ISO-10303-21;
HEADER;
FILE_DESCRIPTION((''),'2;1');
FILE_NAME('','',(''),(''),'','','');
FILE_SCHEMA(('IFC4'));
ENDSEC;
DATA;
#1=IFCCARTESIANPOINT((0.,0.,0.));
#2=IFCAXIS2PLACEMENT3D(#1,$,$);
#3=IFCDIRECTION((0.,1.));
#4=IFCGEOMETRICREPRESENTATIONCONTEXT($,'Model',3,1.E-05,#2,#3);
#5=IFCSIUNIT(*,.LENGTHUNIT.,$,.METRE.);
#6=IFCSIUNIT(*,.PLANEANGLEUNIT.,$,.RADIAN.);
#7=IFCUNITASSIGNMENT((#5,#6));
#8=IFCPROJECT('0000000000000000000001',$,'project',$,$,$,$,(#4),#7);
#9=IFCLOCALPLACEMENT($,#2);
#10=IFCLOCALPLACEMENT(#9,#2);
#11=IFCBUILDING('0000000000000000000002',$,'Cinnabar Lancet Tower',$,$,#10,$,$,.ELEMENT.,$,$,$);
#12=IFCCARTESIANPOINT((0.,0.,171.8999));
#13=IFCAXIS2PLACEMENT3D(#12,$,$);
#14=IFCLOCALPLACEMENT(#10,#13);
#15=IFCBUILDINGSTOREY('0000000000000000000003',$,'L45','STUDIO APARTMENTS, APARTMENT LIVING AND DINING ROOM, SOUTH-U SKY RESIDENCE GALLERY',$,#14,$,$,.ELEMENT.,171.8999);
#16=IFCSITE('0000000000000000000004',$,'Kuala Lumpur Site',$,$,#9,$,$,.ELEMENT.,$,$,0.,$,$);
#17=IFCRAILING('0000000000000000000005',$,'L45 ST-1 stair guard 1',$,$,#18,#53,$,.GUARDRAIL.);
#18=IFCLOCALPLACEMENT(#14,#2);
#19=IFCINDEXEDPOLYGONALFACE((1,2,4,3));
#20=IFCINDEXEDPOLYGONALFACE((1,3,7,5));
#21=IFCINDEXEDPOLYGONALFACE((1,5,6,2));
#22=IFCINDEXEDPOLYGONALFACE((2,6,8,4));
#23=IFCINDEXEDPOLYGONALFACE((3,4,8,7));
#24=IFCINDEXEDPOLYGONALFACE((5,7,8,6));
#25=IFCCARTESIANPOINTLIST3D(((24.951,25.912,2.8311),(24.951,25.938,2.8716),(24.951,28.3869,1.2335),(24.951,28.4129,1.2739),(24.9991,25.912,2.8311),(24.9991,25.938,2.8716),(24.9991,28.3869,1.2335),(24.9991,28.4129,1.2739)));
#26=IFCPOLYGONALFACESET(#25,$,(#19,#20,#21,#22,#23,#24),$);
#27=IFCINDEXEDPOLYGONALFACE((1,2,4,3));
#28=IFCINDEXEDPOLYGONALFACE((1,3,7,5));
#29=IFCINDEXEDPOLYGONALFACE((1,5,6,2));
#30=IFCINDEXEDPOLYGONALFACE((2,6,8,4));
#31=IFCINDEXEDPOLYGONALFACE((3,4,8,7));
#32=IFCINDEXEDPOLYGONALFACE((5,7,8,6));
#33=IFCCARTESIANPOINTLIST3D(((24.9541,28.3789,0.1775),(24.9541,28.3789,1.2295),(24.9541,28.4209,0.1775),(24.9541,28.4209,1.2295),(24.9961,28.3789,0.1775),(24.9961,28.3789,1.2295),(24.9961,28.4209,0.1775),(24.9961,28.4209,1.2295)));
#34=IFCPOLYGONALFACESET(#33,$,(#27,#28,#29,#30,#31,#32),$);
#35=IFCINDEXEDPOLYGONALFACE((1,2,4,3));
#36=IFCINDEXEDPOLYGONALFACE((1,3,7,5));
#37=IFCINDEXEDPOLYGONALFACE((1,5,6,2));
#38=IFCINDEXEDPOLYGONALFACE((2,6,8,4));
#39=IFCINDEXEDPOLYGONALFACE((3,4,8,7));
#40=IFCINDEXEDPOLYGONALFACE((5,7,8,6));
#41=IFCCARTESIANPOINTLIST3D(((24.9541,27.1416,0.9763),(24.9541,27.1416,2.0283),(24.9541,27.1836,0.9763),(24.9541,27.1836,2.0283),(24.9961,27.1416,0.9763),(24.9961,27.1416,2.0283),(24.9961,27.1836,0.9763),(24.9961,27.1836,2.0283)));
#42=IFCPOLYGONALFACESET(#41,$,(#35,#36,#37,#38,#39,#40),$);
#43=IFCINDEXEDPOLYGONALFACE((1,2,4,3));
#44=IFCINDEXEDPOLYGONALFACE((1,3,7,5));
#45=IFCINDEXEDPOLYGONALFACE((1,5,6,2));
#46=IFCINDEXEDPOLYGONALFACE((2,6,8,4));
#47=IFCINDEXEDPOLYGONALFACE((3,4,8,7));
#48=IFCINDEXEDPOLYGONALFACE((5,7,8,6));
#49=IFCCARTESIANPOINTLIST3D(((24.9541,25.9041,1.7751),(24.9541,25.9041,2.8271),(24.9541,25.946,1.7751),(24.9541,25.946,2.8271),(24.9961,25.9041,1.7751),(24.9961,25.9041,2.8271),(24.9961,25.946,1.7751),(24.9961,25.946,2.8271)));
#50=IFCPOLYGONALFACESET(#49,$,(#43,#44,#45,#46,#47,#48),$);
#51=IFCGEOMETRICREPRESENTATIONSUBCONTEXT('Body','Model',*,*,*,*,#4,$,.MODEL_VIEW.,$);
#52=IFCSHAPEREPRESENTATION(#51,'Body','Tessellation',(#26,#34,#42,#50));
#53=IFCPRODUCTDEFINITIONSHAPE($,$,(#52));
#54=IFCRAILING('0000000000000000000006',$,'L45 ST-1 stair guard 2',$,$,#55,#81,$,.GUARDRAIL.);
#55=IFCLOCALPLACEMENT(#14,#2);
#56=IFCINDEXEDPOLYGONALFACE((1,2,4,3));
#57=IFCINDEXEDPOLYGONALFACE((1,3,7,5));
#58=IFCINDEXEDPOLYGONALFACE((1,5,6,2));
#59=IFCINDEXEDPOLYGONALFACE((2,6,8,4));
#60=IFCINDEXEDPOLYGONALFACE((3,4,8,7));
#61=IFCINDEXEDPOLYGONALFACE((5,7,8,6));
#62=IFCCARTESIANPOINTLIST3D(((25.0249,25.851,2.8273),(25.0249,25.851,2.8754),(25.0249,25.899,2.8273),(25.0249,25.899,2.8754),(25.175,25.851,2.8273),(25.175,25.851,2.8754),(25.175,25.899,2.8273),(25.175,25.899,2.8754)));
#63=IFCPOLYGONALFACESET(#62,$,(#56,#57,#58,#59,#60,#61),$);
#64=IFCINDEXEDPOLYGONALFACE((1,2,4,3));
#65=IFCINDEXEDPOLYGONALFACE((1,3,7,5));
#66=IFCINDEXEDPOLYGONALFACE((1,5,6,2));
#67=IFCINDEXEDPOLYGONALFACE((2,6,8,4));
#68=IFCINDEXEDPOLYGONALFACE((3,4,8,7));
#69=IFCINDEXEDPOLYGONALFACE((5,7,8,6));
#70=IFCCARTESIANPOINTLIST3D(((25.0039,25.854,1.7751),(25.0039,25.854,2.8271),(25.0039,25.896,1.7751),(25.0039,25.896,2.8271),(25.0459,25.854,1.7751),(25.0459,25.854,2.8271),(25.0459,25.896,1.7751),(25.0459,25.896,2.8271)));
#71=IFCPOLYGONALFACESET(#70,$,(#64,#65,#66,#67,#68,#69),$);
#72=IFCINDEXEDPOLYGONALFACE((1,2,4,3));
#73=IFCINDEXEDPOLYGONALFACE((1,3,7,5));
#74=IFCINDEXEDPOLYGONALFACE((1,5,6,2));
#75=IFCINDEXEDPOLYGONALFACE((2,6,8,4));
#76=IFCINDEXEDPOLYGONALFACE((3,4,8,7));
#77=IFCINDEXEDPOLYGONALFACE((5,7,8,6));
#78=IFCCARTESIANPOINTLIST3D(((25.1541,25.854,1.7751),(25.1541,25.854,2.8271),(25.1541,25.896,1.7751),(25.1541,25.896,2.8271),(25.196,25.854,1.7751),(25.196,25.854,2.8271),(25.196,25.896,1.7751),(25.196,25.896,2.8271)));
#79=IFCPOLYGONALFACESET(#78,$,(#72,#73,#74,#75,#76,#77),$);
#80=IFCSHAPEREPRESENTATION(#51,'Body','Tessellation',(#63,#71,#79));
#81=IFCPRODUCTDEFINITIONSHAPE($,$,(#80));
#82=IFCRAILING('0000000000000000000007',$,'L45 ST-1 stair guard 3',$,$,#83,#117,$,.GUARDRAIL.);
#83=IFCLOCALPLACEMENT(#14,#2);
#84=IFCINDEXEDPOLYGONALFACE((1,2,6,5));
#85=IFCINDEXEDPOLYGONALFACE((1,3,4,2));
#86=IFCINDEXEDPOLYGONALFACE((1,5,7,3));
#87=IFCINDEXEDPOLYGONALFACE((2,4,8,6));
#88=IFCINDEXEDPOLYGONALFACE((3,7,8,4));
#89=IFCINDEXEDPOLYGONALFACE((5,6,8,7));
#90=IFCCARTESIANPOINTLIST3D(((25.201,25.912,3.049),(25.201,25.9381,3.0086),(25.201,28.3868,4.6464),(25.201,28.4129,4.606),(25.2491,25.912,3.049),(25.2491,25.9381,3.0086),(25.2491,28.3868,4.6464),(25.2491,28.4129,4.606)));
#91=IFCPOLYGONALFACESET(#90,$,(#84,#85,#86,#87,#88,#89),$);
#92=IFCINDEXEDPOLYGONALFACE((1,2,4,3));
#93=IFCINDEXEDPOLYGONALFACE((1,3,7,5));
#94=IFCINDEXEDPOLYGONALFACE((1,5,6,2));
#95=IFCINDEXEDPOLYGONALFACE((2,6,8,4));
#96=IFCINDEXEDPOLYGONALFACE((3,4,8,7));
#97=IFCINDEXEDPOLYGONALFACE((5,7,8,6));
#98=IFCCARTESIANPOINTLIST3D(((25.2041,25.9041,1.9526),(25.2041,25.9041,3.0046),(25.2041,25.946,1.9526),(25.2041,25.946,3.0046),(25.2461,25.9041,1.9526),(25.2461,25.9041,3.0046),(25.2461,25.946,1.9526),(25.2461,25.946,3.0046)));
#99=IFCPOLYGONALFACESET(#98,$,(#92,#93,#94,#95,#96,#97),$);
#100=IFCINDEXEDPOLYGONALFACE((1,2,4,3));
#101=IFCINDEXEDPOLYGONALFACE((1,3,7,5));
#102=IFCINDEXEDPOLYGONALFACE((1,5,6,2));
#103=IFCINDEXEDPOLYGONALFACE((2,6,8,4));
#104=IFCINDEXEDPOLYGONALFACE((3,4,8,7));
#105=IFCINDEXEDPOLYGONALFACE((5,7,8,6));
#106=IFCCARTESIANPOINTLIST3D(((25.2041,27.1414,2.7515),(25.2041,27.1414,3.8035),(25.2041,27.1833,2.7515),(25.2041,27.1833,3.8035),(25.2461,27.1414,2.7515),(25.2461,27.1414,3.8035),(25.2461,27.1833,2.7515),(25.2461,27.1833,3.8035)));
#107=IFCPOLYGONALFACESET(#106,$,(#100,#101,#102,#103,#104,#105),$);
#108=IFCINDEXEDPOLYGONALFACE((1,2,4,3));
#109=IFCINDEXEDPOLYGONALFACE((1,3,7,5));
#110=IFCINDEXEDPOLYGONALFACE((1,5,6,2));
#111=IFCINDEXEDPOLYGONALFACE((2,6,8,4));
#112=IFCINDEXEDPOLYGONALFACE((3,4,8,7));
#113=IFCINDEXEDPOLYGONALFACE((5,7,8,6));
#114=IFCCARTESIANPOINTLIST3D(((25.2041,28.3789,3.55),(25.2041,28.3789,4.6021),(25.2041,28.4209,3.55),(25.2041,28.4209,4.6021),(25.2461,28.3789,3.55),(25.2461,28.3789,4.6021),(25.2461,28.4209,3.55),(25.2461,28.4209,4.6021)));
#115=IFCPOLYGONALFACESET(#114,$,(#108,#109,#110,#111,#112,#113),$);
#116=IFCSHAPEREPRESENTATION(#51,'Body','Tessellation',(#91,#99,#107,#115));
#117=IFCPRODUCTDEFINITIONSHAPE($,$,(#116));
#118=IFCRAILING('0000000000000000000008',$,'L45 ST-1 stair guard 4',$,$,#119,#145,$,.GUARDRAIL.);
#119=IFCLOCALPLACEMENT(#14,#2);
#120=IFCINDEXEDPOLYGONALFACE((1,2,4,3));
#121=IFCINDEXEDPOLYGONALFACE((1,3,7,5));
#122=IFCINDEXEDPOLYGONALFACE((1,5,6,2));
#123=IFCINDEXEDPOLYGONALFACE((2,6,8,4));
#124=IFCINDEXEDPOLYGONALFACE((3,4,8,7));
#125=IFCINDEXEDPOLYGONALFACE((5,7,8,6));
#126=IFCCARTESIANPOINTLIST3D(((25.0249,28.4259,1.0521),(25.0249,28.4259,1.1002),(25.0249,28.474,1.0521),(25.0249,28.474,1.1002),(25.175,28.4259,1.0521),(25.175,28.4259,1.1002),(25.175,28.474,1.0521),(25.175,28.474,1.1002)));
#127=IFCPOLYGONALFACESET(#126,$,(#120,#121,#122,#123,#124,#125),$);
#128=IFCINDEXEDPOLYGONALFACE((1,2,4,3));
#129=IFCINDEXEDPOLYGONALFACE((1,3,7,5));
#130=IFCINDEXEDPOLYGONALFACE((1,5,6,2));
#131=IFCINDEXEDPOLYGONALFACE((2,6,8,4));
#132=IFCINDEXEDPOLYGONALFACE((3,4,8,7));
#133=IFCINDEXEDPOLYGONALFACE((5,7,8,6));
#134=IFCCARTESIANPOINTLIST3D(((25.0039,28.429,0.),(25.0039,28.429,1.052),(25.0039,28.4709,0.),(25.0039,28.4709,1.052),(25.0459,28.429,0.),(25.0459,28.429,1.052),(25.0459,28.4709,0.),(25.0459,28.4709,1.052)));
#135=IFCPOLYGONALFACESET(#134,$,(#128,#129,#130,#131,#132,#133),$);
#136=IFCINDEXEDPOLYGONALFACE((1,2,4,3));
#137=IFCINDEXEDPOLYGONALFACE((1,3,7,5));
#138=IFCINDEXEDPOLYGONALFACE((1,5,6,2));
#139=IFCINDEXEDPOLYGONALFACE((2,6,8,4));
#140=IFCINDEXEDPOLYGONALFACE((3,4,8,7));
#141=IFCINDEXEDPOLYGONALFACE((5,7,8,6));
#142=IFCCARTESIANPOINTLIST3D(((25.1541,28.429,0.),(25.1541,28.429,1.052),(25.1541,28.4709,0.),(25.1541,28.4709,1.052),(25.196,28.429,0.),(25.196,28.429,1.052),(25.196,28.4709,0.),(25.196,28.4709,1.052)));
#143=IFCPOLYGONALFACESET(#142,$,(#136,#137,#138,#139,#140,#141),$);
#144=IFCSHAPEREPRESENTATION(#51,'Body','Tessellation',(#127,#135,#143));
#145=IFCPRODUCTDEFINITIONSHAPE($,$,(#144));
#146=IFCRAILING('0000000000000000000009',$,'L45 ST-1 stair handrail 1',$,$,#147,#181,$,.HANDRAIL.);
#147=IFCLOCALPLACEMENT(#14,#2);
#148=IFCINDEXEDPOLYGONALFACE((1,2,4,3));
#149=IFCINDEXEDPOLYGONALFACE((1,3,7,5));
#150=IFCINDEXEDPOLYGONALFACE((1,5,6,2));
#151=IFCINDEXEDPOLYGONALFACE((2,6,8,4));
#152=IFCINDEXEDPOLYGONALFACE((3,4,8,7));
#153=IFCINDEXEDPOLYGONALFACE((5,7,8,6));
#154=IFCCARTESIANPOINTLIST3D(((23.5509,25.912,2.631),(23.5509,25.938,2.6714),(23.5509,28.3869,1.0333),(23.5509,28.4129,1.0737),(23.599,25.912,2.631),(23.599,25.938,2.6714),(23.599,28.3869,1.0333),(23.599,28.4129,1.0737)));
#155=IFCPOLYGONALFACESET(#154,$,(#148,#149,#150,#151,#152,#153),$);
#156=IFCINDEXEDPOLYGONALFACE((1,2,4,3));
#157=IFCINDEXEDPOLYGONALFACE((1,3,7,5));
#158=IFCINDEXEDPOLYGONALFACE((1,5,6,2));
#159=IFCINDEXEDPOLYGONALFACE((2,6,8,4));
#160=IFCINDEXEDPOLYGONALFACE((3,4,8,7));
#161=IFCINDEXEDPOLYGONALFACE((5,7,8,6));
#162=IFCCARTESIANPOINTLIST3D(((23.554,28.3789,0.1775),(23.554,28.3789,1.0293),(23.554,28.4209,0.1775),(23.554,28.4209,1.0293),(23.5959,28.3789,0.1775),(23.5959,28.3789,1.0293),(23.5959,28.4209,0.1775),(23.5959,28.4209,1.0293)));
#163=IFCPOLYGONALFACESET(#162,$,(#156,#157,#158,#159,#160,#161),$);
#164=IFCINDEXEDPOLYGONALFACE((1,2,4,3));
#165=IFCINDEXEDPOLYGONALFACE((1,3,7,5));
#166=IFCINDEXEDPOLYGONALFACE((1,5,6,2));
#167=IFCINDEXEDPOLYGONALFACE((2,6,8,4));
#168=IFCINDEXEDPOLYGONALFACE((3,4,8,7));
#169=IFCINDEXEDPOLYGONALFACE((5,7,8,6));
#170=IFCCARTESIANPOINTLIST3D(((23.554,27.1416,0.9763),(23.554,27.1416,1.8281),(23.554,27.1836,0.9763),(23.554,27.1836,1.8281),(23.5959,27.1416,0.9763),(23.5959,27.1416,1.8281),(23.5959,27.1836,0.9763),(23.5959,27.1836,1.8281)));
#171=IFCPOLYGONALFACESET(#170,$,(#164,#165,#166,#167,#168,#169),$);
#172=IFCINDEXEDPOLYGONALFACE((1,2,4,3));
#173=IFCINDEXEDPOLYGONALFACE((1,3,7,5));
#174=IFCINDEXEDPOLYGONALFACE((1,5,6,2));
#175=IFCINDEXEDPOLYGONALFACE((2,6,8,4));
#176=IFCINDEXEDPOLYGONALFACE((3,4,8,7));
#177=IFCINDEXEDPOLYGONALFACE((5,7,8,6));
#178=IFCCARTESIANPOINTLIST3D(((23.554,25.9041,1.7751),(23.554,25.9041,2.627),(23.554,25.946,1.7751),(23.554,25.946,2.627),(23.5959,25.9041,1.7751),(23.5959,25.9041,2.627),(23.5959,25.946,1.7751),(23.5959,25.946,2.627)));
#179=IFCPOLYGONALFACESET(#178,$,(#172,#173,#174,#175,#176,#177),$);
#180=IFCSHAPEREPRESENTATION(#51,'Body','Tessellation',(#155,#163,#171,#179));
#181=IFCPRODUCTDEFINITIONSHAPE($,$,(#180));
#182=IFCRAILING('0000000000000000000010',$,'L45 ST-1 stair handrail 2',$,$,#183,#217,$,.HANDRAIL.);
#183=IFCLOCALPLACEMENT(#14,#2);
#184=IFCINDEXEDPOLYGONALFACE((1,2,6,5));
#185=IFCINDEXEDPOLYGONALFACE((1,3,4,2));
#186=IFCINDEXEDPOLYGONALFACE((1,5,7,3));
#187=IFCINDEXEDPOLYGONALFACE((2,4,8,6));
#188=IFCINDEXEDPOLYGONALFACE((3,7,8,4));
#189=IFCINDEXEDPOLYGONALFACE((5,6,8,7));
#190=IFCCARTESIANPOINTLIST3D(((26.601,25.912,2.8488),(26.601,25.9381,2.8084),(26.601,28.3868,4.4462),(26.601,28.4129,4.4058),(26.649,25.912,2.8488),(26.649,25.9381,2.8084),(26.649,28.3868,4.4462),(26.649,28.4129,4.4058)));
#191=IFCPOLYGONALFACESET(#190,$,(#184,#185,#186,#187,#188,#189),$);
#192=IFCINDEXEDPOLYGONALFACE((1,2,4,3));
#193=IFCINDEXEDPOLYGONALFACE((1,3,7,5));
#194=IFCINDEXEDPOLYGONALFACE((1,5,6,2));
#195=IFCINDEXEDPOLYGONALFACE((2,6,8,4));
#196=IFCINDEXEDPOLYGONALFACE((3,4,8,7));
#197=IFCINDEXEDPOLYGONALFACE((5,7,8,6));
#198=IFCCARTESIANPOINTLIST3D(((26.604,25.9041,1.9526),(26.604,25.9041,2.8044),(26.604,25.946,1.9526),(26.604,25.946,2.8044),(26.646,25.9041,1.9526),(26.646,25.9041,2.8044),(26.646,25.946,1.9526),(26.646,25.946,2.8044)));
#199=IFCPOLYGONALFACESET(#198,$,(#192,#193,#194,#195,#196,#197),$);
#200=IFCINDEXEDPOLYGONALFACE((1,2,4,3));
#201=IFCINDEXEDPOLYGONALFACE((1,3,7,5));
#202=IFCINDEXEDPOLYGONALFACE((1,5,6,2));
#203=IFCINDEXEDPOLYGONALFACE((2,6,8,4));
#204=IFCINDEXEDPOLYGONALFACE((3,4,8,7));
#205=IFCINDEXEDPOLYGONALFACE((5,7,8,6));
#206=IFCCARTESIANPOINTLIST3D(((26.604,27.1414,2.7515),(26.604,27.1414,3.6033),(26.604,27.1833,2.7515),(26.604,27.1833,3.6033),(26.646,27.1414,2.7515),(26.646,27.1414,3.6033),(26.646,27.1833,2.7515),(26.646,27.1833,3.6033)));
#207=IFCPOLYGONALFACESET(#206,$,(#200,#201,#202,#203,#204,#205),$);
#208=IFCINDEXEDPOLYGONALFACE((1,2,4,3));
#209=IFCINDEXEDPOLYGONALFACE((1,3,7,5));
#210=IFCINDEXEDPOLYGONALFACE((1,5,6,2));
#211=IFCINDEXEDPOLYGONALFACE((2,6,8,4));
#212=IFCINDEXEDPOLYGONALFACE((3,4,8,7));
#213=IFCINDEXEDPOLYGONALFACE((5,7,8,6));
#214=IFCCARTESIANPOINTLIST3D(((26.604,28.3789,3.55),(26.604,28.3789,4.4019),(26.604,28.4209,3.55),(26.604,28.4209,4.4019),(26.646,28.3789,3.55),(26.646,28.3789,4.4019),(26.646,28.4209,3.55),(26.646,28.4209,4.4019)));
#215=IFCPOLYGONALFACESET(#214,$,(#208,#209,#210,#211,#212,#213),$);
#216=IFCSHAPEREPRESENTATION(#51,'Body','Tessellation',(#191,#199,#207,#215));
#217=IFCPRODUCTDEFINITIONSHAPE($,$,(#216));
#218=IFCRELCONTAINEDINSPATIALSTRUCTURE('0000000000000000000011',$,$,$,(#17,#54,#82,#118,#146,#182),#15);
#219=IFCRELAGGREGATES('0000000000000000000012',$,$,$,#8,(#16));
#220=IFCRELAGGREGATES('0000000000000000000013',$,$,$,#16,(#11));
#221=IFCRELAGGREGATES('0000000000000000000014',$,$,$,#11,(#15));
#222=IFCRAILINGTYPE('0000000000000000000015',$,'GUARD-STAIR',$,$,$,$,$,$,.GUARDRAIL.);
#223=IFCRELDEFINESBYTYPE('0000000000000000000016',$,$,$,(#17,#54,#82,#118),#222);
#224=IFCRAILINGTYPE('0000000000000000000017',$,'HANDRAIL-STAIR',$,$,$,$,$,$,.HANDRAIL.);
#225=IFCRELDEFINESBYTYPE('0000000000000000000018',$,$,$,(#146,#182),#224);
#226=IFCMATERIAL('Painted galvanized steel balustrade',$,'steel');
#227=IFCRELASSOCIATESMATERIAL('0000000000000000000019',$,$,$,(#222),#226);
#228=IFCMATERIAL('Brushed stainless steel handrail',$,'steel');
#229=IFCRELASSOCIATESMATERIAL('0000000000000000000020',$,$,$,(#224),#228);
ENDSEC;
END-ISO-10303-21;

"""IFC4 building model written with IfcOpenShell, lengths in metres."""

from ifc_helpers import new_model, si_unit, direction, frame, origin, origin_2d, place, context, subcontext, project, spatial, rectangle, extrude, material, type_object, element, save


model = new_model("IFC4")

# Units and contexts
model_context = context("Model", 3, precision=1e-05, world=origin(), true_north=direction((0.0, 1.0)))
body_context = subcontext(model_context, "Body", "Model", "MODEL_VIEW")
ifc_project = project(units=[si_unit("LENGTHUNIT", "METRE"), si_unit("PLANEANGLEUNIT", "RADIAN")], contexts=[model_context])

# Site, building, storey
site_placement = place(None, origin())
site = spatial("IfcSite", under=ifc_project, at=site_placement, Name="Kuala Lumpur Site", CompositionType="ELEMENT", RefElevation=0.0)
building_placement = place(site_placement, origin())
building = spatial("IfcBuilding", under=site, at=building_placement, Name="Cinnabar Lancet Tower", CompositionType="ELEMENT")
storey_placement = place(building_placement, frame((0.0, 0.0, 171.8999)))
storey = spatial("IfcBuildingStorey", under=building, at=storey_placement, Name="L45", Description="STUDIO APARTMENTS, APARTMENT LIVING AND DINING ROOM, SOUTH-U SKY RESIDENCE GALLERY", CompositionType="ELEMENT", Elevation=171.8999)

# Railings
ifc_material_1 = material(Name="Painted galvanized steel balustrade", Category="steel")
railing_type_1 = type_object("IfcRailingType", Name="GUARD-STAIR", PredefinedType="GUARDRAIL", material=ifc_material_1)
railing_1_placement = place(storey_placement, frame((24.9751, 28.3999, 0.1775)))
element("IfcRailing", 1, at=railing_1_placement, inside=storey, type_object=railing_type_1, Name="L45 ST-1 stair guard 1", PredefinedType="GUARDRAIL", context=body_context, shape_type="SweptSolid", body=[
    extrude(rectangle(XDim=0.0481, YDim=0.0481, at=origin_2d()), frame((0.0, 0.0, 1.0762), z_axis=(0.0, -0.840146, 0.542361), x_axis=(1.0, 0.0, 0.0)), (0.0, 0.0, 1.0), 2.9458),
    extrude(rectangle(XDim=0.042, YDim=0.042, at=origin_2d()), origin(), (0.0, 0.0, 1.0), 1.052),
    extrude(rectangle(XDim=0.042, YDim=0.042, at=origin_2d()), frame((0.0, -1.2373, 0.7988)), (0.0, 0.0, 1.0), 1.052),
    extrude(rectangle(XDim=0.042, YDim=0.042, at=origin_2d()), frame((0.0, -2.4749, 1.5977)), (0.0, 0.0, 1.0), 1.052),
])
railing_2_placement = place(storey_placement, frame((25.0249, 25.875, 1.7751)))
element("IfcRailing", 2, at=railing_2_placement, inside=storey, type_object=railing_type_1, Name="L45 ST-1 stair guard 2", PredefinedType="GUARDRAIL", context=body_context, shape_type="SweptSolid", body=[
    extrude(rectangle(XDim=0.0481, YDim=0.0481, at=origin_2d()), frame((0.0, 0.0, 1.0762), z_axis=(1.0, 0.0, 0.0), x_axis=(0.0, 1.0, 0.0)), (0.0, 0.0, 1.0), 0.1501),
    extrude(rectangle(XDim=0.042, YDim=0.042, at=origin_2d()), origin(), (0.0, 0.0, 1.0), 1.052),
    extrude(rectangle(XDim=0.042, YDim=0.042, at=origin_2d()), frame((0.1501, 0.0, 0.0)), (0.0, 0.0, 1.0), 1.052),
])
railing_3_placement = place(storey_placement, frame((25.2251, 25.925, 1.9526)))
element("IfcRailing", 3, at=railing_3_placement, inside=storey, type_object=railing_type_1, Name="L45 ST-1 stair guard 3", PredefinedType="GUARDRAIL", context=body_context, shape_type="SweptSolid", body=[
    extrude(rectangle(XDim=0.0481, YDim=0.0481, at=origin_2d()), frame((0.0, 0.0, 1.0762), z_axis=(0.0, 0.840183, 0.542302), x_axis=(-1.0, 0.0, 0.0)), (0.0, 0.0, 1.0), 2.9456),
    extrude(rectangle(XDim=0.042, YDim=0.042, at=origin_2d()), origin(), (0.0, 0.0, 1.0), 1.052),
    extrude(rectangle(XDim=0.042, YDim=0.042, at=origin_2d()), frame((0.0, 1.2373, 0.7988)), (0.0, 0.0, 1.0), 1.052),
    extrude(rectangle(XDim=0.042, YDim=0.042, at=origin_2d()), frame((0.0, 2.4749, 1.5974)), (0.0, 0.0, 1.0), 1.052),
])
railing_4_placement = place(storey_placement, frame((25.0249, 28.45, 0.0)))
element("IfcRailing", 4, at=railing_4_placement, inside=storey, type_object=railing_type_1, Name="L45 ST-1 stair guard 4", PredefinedType="GUARDRAIL", context=body_context, shape_type="SweptSolid", body=[
    extrude(rectangle(XDim=0.0481, YDim=0.0481, at=origin_2d()), frame((0.0, 0.0, 1.0762), z_axis=(1.0, 0.0, 0.0), x_axis=(0.0, 1.0, 0.0)), (0.0, 0.0, 1.0), 0.1501),
    extrude(rectangle(XDim=0.042, YDim=0.042, at=origin_2d()), origin(), (0.0, 0.0, 1.0), 1.052),
    extrude(rectangle(XDim=0.042, YDim=0.042, at=origin_2d()), frame((0.1501, 0.0, 0.0)), (0.0, 0.0, 1.0), 1.052),
])
ifc_material_2 = material(Name="Brushed stainless steel handrail", Category="steel")
railing_type_2 = type_object("IfcRailingType", Name="HANDRAIL-STAIR", PredefinedType="HANDRAIL", material=ifc_material_2)
railing_5_placement = place(storey_placement, frame((23.575, 28.3999, 0.1775)))
element("IfcRailing", 5, at=railing_5_placement, inside=storey, type_object=railing_type_2, Name="L45 ST-1 stair handrail 1", PredefinedType="HANDRAIL", context=body_context, shape_type="SweptSolid", body=[
    extrude(rectangle(XDim=0.0481, YDim=0.0481, at=origin_2d()), frame((0.0, 0.0, 0.876), z_axis=(0.0, -0.840146, 0.542361), x_axis=(1.0, 0.0, 0.0)), (0.0, 0.0, 1.0), 2.9458),
    extrude(rectangle(XDim=0.042, YDim=0.042, at=origin_2d()), origin(), (0.0, 0.0, 1.0), 0.8518),
    extrude(rectangle(XDim=0.042, YDim=0.042, at=origin_2d()), frame((0.0, -1.2373, 0.7988)), (0.0, 0.0, 1.0), 0.8518),
    extrude(rectangle(XDim=0.042, YDim=0.042, at=origin_2d()), frame((0.0, -2.4749, 1.5977)), (0.0, 0.0, 1.0), 0.8518),
])
railing_6_placement = place(storey_placement, frame((26.625, 25.925, 1.9526)))
element("IfcRailing", 6, at=railing_6_placement, inside=storey, type_object=railing_type_2, Name="L45 ST-1 stair handrail 2", PredefinedType="HANDRAIL", context=body_context, shape_type="SweptSolid", body=[
    extrude(rectangle(XDim=0.0481, YDim=0.0481, at=origin_2d()), frame((0.0, 0.0, 0.876), z_axis=(0.0, 0.840183, 0.542302), x_axis=(-1.0, 0.0, 0.0)), (0.0, 0.0, 1.0), 2.9456),
    extrude(rectangle(XDim=0.042, YDim=0.042, at=origin_2d()), origin(), (0.0, 0.0, 1.0), 0.8518),
    extrude(rectangle(XDim=0.042, YDim=0.042, at=origin_2d()), frame((0.0, 1.2373, 0.7988)), (0.0, 0.0, 1.0), 0.8518),
    extrude(rectangle(XDim=0.042, YDim=0.042, at=origin_2d()), frame((0.0, 2.4749, 1.5974)), (0.0, 0.0, 1.0), 0.8518),
])

save(model, "model.ifc")
